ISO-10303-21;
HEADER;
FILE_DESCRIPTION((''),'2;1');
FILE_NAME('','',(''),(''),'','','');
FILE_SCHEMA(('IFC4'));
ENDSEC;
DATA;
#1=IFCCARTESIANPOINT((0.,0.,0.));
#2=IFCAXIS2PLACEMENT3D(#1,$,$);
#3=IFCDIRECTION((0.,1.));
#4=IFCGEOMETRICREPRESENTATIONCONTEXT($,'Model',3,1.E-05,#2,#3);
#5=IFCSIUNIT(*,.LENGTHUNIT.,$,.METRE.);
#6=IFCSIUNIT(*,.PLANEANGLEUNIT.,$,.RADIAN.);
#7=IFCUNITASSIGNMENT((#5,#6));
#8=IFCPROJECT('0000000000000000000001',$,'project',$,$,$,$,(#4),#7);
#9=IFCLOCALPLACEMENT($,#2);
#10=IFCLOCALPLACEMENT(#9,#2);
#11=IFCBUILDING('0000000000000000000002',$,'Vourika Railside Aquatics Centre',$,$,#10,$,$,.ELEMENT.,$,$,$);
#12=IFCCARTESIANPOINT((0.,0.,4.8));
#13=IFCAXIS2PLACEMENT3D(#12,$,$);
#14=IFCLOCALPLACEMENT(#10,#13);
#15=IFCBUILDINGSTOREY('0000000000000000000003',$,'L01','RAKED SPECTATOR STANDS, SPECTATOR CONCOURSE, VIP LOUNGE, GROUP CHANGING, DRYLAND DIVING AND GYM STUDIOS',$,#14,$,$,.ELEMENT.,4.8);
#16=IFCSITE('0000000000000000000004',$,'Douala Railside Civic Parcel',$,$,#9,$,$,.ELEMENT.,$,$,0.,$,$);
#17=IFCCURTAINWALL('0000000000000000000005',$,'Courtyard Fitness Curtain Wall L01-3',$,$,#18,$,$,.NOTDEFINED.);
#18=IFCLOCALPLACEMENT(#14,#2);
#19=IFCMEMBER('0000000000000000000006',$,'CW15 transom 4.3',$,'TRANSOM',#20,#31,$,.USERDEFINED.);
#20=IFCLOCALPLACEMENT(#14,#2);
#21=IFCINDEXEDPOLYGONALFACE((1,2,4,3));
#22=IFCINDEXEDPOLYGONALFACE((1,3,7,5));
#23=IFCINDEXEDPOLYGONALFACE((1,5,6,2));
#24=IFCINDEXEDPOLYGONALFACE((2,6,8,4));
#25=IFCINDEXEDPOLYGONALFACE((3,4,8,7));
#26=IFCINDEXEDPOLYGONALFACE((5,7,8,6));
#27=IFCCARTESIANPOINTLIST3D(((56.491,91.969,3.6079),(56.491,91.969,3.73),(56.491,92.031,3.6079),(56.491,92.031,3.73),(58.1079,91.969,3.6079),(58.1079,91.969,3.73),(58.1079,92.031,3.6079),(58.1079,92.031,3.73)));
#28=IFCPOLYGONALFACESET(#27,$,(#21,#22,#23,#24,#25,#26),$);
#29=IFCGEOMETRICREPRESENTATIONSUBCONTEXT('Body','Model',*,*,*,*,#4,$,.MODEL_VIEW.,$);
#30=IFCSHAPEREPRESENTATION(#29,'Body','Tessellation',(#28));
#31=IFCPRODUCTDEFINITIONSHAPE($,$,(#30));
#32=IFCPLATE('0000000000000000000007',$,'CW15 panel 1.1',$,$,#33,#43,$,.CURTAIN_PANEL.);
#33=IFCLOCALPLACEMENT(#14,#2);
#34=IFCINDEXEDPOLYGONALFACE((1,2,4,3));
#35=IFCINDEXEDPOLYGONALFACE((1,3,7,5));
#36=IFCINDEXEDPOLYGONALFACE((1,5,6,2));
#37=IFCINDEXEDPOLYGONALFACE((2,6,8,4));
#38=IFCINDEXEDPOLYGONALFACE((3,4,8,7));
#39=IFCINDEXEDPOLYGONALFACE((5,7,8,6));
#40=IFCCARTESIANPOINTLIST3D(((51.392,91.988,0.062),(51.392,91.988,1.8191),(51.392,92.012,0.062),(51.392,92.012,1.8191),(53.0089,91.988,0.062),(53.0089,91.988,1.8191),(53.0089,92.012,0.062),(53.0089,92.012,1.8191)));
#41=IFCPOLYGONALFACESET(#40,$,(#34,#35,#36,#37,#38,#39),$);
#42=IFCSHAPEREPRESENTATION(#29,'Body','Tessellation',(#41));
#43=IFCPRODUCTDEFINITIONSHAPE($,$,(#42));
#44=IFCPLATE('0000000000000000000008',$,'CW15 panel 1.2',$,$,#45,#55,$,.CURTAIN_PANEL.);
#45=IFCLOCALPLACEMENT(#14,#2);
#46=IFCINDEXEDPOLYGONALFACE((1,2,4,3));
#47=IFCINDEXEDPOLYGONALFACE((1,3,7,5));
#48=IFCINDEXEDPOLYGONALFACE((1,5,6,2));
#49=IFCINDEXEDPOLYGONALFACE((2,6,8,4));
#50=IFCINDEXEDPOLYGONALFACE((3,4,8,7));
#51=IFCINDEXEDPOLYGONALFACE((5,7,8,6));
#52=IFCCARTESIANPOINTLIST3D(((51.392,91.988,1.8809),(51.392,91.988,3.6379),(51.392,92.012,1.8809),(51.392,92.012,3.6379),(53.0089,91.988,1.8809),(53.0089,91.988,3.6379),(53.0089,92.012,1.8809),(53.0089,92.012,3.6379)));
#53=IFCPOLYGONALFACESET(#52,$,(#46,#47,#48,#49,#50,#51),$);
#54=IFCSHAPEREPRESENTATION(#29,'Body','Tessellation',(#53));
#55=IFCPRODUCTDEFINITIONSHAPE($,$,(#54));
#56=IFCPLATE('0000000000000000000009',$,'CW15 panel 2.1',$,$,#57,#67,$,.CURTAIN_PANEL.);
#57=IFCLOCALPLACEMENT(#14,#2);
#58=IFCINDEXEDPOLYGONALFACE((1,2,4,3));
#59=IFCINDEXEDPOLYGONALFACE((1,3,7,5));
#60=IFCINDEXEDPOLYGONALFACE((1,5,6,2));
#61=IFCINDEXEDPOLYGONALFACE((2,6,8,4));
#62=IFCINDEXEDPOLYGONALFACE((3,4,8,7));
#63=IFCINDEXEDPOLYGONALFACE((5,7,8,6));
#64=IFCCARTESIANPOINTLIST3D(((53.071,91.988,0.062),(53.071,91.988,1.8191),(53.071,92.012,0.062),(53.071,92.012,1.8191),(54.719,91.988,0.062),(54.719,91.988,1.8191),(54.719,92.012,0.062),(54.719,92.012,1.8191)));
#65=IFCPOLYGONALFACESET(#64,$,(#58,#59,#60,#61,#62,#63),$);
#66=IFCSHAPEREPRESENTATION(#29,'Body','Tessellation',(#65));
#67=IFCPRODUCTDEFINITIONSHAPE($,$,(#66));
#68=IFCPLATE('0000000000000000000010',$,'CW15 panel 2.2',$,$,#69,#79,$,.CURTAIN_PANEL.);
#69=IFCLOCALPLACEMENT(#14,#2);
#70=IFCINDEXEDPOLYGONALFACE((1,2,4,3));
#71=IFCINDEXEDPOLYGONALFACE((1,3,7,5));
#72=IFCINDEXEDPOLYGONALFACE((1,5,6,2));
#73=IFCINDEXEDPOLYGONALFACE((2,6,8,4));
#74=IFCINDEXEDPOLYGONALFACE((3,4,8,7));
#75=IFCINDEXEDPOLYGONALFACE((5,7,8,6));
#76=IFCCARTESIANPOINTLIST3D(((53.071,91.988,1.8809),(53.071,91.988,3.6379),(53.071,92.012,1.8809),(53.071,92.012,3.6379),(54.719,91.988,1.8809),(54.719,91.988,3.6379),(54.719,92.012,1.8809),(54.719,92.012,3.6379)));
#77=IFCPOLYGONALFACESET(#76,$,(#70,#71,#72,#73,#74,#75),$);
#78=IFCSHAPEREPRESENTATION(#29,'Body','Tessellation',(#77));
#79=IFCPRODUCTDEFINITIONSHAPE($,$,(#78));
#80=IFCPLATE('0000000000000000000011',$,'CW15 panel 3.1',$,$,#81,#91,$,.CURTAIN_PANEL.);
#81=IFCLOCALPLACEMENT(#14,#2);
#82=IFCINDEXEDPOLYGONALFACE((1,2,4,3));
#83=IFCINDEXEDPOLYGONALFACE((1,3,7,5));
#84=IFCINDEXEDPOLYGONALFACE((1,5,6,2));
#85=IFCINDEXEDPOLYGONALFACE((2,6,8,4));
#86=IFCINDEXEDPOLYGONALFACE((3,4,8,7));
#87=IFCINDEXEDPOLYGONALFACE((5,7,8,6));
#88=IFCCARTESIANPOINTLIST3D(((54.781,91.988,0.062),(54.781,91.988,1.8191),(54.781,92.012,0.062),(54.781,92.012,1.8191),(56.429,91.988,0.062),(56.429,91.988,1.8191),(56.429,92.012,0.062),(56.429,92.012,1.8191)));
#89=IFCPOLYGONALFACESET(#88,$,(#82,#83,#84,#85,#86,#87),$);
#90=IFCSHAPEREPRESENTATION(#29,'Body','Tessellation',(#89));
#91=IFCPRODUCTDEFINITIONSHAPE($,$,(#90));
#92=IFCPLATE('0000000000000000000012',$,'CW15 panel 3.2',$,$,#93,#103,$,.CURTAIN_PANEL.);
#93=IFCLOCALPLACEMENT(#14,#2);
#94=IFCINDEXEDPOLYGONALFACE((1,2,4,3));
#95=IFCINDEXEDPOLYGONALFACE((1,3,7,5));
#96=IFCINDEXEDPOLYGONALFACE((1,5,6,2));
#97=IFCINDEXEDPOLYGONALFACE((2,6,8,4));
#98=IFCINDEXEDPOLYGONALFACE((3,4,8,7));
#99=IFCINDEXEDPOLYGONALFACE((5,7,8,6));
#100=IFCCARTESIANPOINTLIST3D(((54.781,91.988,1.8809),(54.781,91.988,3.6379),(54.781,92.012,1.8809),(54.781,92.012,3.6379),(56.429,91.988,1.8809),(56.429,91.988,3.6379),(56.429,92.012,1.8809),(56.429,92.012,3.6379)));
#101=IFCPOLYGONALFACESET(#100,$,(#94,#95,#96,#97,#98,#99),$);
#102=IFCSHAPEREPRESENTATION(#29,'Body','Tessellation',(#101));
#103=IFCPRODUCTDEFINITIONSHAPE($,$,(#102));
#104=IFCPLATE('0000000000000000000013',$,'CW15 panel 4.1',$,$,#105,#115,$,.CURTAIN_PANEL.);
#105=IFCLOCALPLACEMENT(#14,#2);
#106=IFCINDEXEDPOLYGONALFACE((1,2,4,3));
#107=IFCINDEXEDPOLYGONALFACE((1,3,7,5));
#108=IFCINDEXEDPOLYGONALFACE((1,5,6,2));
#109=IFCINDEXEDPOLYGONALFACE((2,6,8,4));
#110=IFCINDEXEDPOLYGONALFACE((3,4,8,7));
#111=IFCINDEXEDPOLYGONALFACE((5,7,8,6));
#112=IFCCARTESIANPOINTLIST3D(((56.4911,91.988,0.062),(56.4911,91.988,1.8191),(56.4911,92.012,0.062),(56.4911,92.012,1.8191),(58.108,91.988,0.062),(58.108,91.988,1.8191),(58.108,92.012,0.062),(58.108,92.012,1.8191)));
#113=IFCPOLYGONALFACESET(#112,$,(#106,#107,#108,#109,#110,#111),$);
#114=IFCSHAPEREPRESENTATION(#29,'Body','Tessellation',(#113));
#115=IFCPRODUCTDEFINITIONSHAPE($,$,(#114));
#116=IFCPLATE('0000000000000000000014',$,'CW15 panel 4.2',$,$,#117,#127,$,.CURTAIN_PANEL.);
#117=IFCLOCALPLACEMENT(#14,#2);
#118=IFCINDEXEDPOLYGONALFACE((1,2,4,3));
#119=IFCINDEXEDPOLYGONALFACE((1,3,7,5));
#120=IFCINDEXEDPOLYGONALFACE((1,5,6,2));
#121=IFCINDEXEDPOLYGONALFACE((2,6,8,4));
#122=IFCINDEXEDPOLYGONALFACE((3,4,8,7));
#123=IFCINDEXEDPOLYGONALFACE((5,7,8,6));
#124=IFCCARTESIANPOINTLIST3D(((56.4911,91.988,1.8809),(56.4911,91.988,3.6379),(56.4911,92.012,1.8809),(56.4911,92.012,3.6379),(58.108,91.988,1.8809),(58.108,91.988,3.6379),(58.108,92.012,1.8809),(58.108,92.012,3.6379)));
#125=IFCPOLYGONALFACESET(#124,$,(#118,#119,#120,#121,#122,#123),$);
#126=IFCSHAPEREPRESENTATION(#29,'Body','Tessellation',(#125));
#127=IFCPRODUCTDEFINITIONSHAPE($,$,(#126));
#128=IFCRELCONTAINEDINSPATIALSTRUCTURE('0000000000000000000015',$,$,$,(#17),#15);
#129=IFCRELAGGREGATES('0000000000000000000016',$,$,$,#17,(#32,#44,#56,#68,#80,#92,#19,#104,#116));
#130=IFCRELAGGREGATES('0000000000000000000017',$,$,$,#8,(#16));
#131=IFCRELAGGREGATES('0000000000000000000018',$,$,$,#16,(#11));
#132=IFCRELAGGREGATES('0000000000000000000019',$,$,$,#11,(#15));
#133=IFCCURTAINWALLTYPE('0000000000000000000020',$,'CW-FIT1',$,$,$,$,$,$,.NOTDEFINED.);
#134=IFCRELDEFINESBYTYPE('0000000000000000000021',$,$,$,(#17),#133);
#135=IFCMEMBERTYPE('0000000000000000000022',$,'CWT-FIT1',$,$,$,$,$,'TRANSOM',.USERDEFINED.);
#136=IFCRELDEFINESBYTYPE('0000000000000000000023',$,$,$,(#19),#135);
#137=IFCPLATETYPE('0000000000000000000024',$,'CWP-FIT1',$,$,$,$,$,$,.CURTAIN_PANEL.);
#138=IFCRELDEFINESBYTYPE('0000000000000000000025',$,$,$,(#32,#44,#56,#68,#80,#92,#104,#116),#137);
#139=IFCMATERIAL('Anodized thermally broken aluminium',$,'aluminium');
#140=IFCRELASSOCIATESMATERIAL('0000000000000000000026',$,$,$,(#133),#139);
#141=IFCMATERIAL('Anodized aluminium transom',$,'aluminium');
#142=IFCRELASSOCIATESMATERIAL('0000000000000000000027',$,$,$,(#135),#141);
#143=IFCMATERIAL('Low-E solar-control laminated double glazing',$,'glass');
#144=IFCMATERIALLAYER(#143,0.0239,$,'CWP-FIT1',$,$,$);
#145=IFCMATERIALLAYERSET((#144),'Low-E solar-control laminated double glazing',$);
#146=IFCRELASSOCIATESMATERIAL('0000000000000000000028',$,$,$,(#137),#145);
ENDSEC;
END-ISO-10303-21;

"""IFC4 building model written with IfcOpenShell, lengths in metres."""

from ifc_helpers import new_model, si_unit, direction, frame, origin, origin_2d, place, context, subcontext, project, spatial, rectangle, extrude, material, layer, layer_set, material_profile, profile_set, type_object, element, aggregate, save


model = new_model("IFC4")

# Units and contexts
model_context = context("Model", 3, precision=1e-05, world=origin(), true_north=direction((0.0, 1.0)))
body_context = subcontext(model_context, "Body", "Model", "MODEL_VIEW")
ifc_project = project(units=[si_unit("LENGTHUNIT", "METRE"), si_unit("PLANEANGLEUNIT", "RADIAN")], contexts=[model_context])

# Site, building, storey
site_placement = place(None, origin())
site = spatial("IfcSite", under=ifc_project, at=site_placement, Name="Douala Railside Civic Parcel", CompositionType="ELEMENT", RefElevation=0.0)
building_placement = place(site_placement, origin())
building = spatial("IfcBuilding", under=site, at=building_placement, Name="Vourika Railside Aquatics Centre", CompositionType="ELEMENT")
storey_placement = place(building_placement, frame((0.0, 0.0, 4.8)))
storey = spatial("IfcBuildingStorey", under=building, at=storey_placement, Name="L01", Description="RAKED SPECTATOR STANDS, SPECTATOR CONCOURSE, VIP LOUNGE, GROUP CHANGING, DRYLAND DIVING AND GYM STUDIOS", CompositionType="ELEMENT", Elevation=4.8)

# Curtain wall, member, plates
ifc_material_1 = material(Name="Anodized thermally broken aluminium", Category="aluminium")
curtain_wall_type = type_object("IfcCurtainWallType", Name="CW-FIT1", PredefinedType="NOTDEFINED", material=ifc_material_1)
curtain_wall_placement = place(storey_placement, origin())
curtain_wall = element("IfcCurtainWall", 1, at=curtain_wall_placement, inside=storey, type_object=curtain_wall_type, Name="Courtyard Fitness Curtain Wall L01-3", PredefinedType="NOTDEFINED")
ifc_material_2 = material(Name="Anodized aluminium transom", Category="aluminium")
ifc_material_profile_1 = material_profile(ifc_material_2, rectangle(XDim=0.062, YDim=0.1221, at=origin_2d()), Name="ALU-T 62x122")
ifc_profile_set_1 = profile_set([ifc_material_profile_1], Name="Anodized aluminium transom")
member_type_1 = type_object("IfcMemberType", Name="CWT-FIT1", ElementType="TRANSOM", PredefinedType="USERDEFINED", material=ifc_profile_set_1)
member_1_placement = place(storey_placement, frame((56.491, 92.0, 3.6689), z_axis=(1.0, 0.0, 0.0), x_axis=(0.0, 1.0, 0.0)))
member_1 = element("IfcMember", 2, at=member_1_placement, type_object=member_type_1, Name="CW15 transom 4.3", ObjectType="TRANSOM", PredefinedType="USERDEFINED", context=body_context, shape_type="SweptSolid", body=[
    extrude(rectangle(XDim=0.062, YDim=0.1221, at=origin_2d()), origin(), (0.0, 0.0, 1.0), 1.6169),
])
ifc_material_3 = material(Name="Low-E solar-control laminated double glazing", Category="glass")
ifc_layer = layer(ifc_material_3, 0.0239, Name="CWP-FIT1")
ifc_layer_set = layer_set([ifc_layer], Name="Low-E solar-control laminated double glazing")
plate_type = type_object("IfcPlateType", Name="CWP-FIT1", PredefinedType="CURTAIN_PANEL", material=ifc_layer_set)
plate_1_placement = place(storey_placement, frame((52.2004, 92.0, 0.062), z_axis=(0.0, 0.0, 1.0), x_axis=(1.0, 0.0, 0.0)))
plate_1 = element("IfcPlate", 3, at=plate_1_placement, type_object=plate_type, Name="CW15 panel 1.1", PredefinedType="CURTAIN_PANEL", context=body_context, shape_type="SweptSolid", body=[
    extrude(rectangle(XDim=1.6169, YDim=0.0239, at=origin_2d()), origin(), (0.0, 0.0, 1.0), 1.7571),
])
plate_2_placement = place(storey_placement, frame((52.2004, 92.0, 1.8809), z_axis=(0.0, 0.0, 1.0), x_axis=(1.0, 0.0, 0.0)))
plate_2 = element("IfcPlate", 4, at=plate_2_placement, type_object=plate_type, Name="CW15 panel 1.2", PredefinedType="CURTAIN_PANEL", context=body_context, shape_type="SweptSolid", body=[
    extrude(rectangle(XDim=1.6169, YDim=0.0239, at=origin_2d()), origin(), (0.0, 0.0, 1.0), 1.7571),
])
plate_3_placement = place(storey_placement, frame((53.895, 92.0, 0.062), z_axis=(0.0, 0.0, 1.0), x_axis=(1.0, 0.0, 0.0)))
plate_3 = element("IfcPlate", 5, at=plate_3_placement, type_object=plate_type, Name="CW15 panel 2.1", PredefinedType="CURTAIN_PANEL", context=body_context, shape_type="SweptSolid", body=[
    extrude(rectangle(XDim=1.6479, YDim=0.0239, at=origin_2d()), origin(), (0.0, 0.0, 1.0), 1.7571),
])
plate_4_placement = place(storey_placement, frame((53.895, 92.0, 1.8809), z_axis=(0.0, 0.0, 1.0), x_axis=(1.0, 0.0, 0.0)))
plate_4 = element("IfcPlate", 6, at=plate_4_placement, type_object=plate_type, Name="CW15 panel 2.2", PredefinedType="CURTAIN_PANEL", context=body_context, shape_type="SweptSolid", body=[
    extrude(rectangle(XDim=1.6479, YDim=0.0239, at=origin_2d()), origin(), (0.0, 0.0, 1.0), 1.7571),
])
plate_5_placement = place(storey_placement, frame((55.605, 92.0, 0.062), z_axis=(0.0, 0.0, 1.0), x_axis=(1.0, 0.0, 0.0)))
plate_5 = element("IfcPlate", 7, at=plate_5_placement, type_object=plate_type, Name="CW15 panel 3.1", PredefinedType="CURTAIN_PANEL", context=body_context, shape_type="SweptSolid", body=[
    extrude(rectangle(XDim=1.6479, YDim=0.0239, at=origin_2d()), origin(), (0.0, 0.0, 1.0), 1.7571),
])
plate_6_placement = place(storey_placement, frame((55.605, 92.0, 1.8809), z_axis=(0.0, 0.0, 1.0), x_axis=(1.0, 0.0, 0.0)))
plate_6 = element("IfcPlate", 8, at=plate_6_placement, type_object=plate_type, Name="CW15 panel 3.2", PredefinedType="CURTAIN_PANEL", context=body_context, shape_type="SweptSolid", body=[
    extrude(rectangle(XDim=1.6479, YDim=0.0239, at=origin_2d()), origin(), (0.0, 0.0, 1.0), 1.7571),
])
plate_7_placement = place(storey_placement, frame((57.2996, 92.0, 0.062), z_axis=(0.0, 0.0, 1.0), x_axis=(1.0, 0.0, 0.0)))
plate_7 = element("IfcPlate", 9, at=plate_7_placement, type_object=plate_type, Name="CW15 panel 4.1", PredefinedType="CURTAIN_PANEL", context=body_context, shape_type="SweptSolid", body=[
    extrude(rectangle(XDim=1.6169, YDim=0.0239, at=origin_2d()), origin(), (0.0, 0.0, 1.0), 1.7571),
])
plate_8_placement = place(storey_placement, frame((57.2996, 92.0, 1.8809), z_axis=(0.0, 0.0, 1.0), x_axis=(1.0, 0.0, 0.0)))
plate_8 = element("IfcPlate", 10, at=plate_8_placement, type_object=plate_type, Name="CW15 panel 4.2", PredefinedType="CURTAIN_PANEL", context=body_context, shape_type="SweptSolid", body=[
    extrude(rectangle(XDim=1.6169, YDim=0.0239, at=origin_2d()), origin(), (0.0, 0.0, 1.0), 1.7571),
])
aggregate(curtain_wall, [plate_1, plate_2, plate_3, plate_4, plate_5, plate_6, member_1, plate_7, plate_8])

save(model, "model.ifc")
